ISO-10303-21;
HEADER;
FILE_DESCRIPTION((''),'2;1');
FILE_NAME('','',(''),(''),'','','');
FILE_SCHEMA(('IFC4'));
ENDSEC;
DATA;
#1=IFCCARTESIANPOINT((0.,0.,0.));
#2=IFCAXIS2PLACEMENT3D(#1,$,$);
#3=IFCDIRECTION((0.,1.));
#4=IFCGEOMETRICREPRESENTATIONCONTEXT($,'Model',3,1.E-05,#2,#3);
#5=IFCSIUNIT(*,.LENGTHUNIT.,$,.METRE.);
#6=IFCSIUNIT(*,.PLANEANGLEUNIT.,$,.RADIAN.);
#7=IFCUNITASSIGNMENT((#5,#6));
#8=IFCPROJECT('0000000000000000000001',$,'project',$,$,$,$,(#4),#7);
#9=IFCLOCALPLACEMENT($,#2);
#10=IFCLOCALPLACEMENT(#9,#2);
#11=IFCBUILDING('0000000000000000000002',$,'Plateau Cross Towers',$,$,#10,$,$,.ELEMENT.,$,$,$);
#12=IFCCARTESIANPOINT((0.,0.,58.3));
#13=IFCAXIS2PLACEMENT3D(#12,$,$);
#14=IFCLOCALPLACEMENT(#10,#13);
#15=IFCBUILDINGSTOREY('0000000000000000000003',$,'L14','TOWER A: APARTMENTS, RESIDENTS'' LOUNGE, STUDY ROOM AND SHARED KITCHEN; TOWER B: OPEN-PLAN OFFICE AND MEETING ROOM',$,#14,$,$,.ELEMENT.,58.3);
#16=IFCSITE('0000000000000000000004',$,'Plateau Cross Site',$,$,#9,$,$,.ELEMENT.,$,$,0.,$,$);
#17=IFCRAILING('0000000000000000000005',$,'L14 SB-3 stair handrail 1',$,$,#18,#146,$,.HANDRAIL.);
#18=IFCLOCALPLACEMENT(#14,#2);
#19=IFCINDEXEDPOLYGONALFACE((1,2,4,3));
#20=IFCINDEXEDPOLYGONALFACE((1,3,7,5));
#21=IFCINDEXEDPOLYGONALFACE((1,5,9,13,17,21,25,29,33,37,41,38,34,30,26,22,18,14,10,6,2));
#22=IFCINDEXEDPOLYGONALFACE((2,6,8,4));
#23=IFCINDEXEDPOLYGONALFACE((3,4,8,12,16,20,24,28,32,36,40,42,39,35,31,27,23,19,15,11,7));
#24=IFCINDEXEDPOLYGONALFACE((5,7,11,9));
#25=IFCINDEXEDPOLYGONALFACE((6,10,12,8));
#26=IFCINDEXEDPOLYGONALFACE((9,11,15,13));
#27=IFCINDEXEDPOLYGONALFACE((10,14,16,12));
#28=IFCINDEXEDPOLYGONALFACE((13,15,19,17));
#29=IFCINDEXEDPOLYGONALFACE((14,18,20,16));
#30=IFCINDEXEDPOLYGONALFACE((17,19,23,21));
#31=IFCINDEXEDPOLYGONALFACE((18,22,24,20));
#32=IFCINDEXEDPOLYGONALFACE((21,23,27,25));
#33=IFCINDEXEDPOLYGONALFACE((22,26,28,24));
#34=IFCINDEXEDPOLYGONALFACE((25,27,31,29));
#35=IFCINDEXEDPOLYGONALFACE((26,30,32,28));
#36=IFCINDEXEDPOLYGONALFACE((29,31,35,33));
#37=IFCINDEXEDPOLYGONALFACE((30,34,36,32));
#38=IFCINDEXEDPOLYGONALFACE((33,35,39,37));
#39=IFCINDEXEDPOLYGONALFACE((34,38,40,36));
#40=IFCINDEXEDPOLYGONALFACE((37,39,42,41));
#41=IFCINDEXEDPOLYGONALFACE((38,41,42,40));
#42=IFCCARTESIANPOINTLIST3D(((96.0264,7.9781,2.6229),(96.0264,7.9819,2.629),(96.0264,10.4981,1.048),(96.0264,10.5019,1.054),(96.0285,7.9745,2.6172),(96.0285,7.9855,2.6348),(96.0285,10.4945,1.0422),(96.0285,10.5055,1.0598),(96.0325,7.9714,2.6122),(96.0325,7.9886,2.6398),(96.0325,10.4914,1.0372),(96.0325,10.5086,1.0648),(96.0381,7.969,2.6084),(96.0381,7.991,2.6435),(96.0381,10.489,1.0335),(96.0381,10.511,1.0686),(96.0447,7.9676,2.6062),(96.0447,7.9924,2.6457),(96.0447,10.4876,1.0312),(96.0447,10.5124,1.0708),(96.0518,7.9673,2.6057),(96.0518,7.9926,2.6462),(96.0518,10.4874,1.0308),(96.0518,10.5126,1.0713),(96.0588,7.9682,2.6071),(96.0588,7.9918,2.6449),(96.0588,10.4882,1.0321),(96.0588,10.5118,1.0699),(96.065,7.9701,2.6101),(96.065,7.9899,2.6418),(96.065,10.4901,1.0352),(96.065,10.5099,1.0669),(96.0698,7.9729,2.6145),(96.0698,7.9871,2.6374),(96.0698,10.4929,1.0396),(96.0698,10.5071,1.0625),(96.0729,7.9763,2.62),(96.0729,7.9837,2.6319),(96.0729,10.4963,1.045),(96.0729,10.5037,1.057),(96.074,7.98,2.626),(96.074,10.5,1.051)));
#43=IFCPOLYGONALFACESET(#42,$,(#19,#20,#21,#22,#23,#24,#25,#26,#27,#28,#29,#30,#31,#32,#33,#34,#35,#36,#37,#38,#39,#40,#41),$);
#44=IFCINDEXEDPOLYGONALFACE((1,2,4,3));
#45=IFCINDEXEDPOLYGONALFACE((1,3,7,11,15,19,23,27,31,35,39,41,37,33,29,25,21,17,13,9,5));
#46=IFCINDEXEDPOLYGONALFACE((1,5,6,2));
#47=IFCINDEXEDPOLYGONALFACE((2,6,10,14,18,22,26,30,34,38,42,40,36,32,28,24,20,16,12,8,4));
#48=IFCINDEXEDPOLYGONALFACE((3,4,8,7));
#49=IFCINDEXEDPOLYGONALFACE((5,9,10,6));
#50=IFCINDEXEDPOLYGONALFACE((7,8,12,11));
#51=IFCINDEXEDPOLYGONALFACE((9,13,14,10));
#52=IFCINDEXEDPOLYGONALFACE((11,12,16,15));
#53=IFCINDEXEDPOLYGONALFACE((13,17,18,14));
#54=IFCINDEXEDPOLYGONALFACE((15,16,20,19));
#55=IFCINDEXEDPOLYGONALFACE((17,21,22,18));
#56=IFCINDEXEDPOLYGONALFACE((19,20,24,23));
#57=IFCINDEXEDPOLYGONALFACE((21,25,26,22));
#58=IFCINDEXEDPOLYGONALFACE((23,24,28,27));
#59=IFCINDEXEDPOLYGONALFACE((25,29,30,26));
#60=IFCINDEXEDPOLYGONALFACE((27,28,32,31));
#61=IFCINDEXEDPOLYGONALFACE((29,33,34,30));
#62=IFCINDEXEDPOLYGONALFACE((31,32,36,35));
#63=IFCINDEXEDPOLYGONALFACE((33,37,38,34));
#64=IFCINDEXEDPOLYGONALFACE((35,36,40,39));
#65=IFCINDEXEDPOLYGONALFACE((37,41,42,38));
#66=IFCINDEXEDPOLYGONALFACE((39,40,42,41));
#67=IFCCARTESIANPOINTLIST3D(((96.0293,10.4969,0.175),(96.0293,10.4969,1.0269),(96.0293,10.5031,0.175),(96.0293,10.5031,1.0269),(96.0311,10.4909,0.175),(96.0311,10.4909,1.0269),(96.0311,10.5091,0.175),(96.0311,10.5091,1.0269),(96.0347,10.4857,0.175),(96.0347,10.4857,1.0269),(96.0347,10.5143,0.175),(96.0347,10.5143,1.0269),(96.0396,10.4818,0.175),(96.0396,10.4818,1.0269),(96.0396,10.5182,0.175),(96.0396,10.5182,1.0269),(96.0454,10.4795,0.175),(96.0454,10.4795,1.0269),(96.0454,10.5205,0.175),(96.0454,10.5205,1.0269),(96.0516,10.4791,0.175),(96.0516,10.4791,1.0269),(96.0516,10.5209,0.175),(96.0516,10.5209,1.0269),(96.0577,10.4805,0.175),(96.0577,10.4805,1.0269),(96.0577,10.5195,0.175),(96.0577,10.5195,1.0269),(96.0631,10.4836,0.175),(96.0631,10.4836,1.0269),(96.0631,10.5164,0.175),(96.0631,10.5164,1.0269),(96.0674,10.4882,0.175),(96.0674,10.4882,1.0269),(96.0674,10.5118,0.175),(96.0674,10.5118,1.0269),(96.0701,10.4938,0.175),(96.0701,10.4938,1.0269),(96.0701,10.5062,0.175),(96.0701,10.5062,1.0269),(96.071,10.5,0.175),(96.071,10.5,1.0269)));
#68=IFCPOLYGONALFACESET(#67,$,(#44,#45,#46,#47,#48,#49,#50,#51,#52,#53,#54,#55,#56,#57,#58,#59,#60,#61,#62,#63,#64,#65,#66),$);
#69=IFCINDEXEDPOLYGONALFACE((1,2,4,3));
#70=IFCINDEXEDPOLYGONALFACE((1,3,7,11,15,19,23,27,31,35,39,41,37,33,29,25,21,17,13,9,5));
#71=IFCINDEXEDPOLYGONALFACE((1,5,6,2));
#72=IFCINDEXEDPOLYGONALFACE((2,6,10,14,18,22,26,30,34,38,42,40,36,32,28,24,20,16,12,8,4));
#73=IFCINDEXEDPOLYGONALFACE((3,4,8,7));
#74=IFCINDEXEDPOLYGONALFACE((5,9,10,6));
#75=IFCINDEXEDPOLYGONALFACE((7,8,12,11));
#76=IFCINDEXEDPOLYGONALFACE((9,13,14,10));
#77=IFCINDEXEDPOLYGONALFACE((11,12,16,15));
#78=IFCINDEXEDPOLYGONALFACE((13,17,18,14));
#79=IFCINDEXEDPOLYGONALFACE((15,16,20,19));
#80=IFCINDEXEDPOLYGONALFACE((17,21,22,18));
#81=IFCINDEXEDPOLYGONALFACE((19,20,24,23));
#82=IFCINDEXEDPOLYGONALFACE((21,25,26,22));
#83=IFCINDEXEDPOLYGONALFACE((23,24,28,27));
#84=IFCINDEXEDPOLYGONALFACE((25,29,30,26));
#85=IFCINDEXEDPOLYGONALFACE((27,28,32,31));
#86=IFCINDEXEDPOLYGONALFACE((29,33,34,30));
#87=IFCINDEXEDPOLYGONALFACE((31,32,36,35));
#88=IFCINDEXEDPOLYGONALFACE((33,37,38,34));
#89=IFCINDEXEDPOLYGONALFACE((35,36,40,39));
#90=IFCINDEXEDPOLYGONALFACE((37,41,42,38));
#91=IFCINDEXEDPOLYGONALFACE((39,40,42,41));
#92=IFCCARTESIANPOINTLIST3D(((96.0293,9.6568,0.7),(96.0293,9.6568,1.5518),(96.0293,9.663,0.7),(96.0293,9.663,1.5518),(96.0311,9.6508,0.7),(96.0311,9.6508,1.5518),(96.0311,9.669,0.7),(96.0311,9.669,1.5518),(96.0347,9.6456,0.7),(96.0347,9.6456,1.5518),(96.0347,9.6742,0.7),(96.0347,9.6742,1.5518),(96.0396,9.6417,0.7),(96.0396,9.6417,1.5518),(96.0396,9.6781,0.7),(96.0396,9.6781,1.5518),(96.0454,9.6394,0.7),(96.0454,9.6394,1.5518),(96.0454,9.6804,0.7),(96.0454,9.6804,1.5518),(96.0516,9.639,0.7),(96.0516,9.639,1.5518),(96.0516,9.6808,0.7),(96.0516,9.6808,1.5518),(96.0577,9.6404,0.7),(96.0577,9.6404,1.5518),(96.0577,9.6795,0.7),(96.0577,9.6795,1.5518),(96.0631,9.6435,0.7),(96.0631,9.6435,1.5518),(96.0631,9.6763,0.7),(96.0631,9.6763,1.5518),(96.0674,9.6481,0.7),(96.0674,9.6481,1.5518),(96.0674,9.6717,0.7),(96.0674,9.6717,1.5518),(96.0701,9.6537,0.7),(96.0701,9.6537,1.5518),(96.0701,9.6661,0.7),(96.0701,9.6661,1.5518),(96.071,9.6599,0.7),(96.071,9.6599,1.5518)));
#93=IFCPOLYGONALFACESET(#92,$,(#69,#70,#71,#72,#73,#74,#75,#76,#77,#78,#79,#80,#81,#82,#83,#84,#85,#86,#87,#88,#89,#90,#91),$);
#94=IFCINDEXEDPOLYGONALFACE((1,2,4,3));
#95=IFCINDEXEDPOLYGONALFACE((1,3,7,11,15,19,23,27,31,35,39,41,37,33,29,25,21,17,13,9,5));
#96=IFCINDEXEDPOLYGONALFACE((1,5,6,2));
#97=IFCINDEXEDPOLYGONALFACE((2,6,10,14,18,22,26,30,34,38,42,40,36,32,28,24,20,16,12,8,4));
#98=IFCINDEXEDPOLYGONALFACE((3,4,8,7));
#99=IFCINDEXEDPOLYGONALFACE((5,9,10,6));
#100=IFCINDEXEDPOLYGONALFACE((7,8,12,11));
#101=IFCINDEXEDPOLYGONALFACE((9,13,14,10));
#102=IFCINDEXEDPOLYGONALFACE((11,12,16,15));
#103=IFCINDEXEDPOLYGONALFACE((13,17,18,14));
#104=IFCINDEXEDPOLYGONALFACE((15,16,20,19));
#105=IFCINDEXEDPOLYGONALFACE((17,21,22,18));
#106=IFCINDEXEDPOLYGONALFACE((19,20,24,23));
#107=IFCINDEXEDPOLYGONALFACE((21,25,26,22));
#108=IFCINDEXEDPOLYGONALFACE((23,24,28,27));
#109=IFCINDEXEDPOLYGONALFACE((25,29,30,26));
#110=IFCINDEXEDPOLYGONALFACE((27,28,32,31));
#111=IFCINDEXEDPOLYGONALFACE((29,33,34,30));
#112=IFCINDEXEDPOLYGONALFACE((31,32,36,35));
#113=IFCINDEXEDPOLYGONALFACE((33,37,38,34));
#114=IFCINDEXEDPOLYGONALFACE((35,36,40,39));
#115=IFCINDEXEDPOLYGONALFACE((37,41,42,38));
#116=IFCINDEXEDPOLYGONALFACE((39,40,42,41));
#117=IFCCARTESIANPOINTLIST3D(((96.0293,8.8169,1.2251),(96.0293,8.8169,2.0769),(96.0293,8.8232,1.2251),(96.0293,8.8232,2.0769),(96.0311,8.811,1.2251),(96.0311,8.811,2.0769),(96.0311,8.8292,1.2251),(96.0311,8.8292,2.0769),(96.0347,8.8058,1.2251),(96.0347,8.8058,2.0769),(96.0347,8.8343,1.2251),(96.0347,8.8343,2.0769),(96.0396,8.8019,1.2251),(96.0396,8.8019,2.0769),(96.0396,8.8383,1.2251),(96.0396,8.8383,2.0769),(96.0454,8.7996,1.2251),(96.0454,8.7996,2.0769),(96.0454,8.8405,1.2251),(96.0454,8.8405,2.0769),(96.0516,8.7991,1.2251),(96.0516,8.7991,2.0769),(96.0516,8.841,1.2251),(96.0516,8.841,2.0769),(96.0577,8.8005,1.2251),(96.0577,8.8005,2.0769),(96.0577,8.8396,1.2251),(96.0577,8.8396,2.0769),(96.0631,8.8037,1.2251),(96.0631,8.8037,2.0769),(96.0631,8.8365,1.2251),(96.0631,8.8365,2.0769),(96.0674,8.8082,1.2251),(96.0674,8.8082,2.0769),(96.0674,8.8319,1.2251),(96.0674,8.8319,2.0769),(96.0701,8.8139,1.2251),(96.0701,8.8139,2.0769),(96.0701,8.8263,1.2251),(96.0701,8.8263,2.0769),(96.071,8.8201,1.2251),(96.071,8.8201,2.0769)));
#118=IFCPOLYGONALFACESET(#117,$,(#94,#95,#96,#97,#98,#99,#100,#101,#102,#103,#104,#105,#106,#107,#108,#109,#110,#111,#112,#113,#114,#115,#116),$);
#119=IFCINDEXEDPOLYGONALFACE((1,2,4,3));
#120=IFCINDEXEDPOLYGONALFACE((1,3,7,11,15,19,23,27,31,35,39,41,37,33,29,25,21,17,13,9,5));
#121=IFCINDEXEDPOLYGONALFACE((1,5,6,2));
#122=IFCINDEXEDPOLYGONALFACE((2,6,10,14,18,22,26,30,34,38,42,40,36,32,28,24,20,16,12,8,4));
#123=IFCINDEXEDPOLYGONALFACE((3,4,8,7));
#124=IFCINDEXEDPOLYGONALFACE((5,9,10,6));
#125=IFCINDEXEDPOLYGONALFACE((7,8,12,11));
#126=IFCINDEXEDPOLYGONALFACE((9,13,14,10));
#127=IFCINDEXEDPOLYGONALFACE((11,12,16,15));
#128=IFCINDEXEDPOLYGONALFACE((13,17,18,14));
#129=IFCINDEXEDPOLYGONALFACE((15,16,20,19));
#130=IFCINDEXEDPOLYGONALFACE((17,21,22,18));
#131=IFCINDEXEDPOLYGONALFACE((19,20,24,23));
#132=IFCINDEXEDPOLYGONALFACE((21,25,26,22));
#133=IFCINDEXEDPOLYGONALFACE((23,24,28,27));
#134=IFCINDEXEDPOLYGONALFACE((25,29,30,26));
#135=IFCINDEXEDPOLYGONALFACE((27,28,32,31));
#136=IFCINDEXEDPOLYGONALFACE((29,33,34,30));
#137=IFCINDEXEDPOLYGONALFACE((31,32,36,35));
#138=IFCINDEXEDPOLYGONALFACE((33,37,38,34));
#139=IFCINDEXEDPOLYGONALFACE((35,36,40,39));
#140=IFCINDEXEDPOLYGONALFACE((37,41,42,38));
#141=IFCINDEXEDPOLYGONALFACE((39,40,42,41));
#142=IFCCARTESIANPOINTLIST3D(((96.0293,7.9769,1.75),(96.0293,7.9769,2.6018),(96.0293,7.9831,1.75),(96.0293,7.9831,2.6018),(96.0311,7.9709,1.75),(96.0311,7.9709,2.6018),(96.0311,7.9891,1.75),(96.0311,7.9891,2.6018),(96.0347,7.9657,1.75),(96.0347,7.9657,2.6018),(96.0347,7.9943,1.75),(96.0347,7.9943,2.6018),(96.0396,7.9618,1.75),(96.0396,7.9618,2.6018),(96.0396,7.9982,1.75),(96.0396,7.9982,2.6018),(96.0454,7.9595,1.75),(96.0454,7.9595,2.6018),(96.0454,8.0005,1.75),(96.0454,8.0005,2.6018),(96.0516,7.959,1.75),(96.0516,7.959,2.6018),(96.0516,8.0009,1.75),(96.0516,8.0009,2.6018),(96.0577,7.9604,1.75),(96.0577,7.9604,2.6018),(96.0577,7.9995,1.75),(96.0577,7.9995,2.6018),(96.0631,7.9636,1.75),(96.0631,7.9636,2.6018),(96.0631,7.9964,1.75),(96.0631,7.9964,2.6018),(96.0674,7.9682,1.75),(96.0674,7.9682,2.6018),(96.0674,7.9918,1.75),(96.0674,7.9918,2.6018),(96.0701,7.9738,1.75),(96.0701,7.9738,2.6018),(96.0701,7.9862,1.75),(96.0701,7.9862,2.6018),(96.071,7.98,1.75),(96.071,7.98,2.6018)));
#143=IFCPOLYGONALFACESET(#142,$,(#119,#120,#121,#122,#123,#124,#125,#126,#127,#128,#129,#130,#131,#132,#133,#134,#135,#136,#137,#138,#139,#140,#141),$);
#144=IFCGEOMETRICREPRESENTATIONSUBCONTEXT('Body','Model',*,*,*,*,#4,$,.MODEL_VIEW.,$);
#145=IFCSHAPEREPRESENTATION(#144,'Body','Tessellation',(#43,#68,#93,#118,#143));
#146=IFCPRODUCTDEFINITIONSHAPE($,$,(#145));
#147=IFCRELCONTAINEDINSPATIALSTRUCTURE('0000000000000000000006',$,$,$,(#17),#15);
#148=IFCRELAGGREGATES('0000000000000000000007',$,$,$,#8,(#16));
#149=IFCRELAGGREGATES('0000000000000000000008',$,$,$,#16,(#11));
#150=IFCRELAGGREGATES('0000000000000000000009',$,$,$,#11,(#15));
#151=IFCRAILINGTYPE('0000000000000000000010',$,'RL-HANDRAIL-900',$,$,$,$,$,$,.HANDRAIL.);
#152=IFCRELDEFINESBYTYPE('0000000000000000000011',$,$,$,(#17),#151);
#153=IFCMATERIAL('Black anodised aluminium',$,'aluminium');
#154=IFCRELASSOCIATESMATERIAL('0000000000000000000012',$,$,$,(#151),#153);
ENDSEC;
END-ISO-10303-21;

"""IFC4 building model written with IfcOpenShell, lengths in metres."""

from ifc_helpers import new_model, si_unit, direction, frame, origin, origin_2d, place, context, subcontext, project, spatial, circle, extrude, material, type_object, element, save


model = new_model("IFC4")

# Units and contexts
model_context = context("Model", 3, precision=1e-05, world=origin(), true_north=direction((0.0, 1.0)))
body_context = subcontext(model_context, "Body", "Model", "MODEL_VIEW")
ifc_project = project(units=[si_unit("LENGTHUNIT", "METRE"), si_unit("PLANEANGLEUNIT", "RADIAN")], contexts=[model_context])

# Site, building, storey
site_placement = place(None, origin())
site = spatial("IfcSite", under=ifc_project, at=site_placement, Name="Plateau Cross Site", CompositionType="ELEMENT", RefElevation=0.0)
building_placement = place(site_placement, origin())
building = spatial("IfcBuilding", under=site, at=building_placement, Name="Plateau Cross Towers", CompositionType="ELEMENT")
storey_placement = place(building_placement, frame((0.0, 0.0, 58.3)))
storey = spatial("IfcBuildingStorey", under=building, at=storey_placement, Name="L14", Description="TOWER A: APARTMENTS, RESIDENTS' LOUNGE, STUDY ROOM AND SHARED KITCHEN; TOWER B: OPEN-PLAN OFFICE AND MEETING ROOM", CompositionType="ELEMENT", Elevation=58.3)

# Shared definitions
ifc_material_1 = material(Name="Black anodised aluminium", Category="aluminium")

# Railing
railing_type_1 = type_object("IfcRailingType", Name="RL-HANDRAIL-900", PredefinedType="HANDRAIL", material=ifc_material_1)
railing_1_placement = place(storey_placement, frame((96.05, 10.5, 0.175)))
element("IfcRailing", 1, at=railing_1_placement, inside=storey, type_object=railing_type_1, Name="L14 SB-3 stair handrail 1", PredefinedType="HANDRAIL", context=body_context, shape_type="SweptSolid", body=[
    extrude(circle(Radius=0.0239, at=origin_2d()), frame((0.0, 0.0, 0.876), z_axis=(0.0, -0.848008, 0.529984), x_axis=(1.0, 0.0, 0.0)), (0.0, 0.0, 1.0), 2.9717),
    extrude(circle(Radius=0.021, at=origin_2d()), origin(), (0.0, 0.0, 1.0), 0.8518),
    extrude(circle(Radius=0.021, at=origin_2d()), frame((0.0, -0.8401, 0.5249)), (0.0, 0.0, 1.0), 0.8518),
    extrude(circle(Radius=0.021, at=origin_2d()), frame((0.0, -1.6799, 1.05)), (0.0, 0.0, 1.0), 0.8518),
    extrude(circle(Radius=0.021, at=origin_2d()), frame((0.0, -2.52, 1.575)), (0.0, 0.0, 1.0), 0.8518),
])

save(model, "model.ifc")
